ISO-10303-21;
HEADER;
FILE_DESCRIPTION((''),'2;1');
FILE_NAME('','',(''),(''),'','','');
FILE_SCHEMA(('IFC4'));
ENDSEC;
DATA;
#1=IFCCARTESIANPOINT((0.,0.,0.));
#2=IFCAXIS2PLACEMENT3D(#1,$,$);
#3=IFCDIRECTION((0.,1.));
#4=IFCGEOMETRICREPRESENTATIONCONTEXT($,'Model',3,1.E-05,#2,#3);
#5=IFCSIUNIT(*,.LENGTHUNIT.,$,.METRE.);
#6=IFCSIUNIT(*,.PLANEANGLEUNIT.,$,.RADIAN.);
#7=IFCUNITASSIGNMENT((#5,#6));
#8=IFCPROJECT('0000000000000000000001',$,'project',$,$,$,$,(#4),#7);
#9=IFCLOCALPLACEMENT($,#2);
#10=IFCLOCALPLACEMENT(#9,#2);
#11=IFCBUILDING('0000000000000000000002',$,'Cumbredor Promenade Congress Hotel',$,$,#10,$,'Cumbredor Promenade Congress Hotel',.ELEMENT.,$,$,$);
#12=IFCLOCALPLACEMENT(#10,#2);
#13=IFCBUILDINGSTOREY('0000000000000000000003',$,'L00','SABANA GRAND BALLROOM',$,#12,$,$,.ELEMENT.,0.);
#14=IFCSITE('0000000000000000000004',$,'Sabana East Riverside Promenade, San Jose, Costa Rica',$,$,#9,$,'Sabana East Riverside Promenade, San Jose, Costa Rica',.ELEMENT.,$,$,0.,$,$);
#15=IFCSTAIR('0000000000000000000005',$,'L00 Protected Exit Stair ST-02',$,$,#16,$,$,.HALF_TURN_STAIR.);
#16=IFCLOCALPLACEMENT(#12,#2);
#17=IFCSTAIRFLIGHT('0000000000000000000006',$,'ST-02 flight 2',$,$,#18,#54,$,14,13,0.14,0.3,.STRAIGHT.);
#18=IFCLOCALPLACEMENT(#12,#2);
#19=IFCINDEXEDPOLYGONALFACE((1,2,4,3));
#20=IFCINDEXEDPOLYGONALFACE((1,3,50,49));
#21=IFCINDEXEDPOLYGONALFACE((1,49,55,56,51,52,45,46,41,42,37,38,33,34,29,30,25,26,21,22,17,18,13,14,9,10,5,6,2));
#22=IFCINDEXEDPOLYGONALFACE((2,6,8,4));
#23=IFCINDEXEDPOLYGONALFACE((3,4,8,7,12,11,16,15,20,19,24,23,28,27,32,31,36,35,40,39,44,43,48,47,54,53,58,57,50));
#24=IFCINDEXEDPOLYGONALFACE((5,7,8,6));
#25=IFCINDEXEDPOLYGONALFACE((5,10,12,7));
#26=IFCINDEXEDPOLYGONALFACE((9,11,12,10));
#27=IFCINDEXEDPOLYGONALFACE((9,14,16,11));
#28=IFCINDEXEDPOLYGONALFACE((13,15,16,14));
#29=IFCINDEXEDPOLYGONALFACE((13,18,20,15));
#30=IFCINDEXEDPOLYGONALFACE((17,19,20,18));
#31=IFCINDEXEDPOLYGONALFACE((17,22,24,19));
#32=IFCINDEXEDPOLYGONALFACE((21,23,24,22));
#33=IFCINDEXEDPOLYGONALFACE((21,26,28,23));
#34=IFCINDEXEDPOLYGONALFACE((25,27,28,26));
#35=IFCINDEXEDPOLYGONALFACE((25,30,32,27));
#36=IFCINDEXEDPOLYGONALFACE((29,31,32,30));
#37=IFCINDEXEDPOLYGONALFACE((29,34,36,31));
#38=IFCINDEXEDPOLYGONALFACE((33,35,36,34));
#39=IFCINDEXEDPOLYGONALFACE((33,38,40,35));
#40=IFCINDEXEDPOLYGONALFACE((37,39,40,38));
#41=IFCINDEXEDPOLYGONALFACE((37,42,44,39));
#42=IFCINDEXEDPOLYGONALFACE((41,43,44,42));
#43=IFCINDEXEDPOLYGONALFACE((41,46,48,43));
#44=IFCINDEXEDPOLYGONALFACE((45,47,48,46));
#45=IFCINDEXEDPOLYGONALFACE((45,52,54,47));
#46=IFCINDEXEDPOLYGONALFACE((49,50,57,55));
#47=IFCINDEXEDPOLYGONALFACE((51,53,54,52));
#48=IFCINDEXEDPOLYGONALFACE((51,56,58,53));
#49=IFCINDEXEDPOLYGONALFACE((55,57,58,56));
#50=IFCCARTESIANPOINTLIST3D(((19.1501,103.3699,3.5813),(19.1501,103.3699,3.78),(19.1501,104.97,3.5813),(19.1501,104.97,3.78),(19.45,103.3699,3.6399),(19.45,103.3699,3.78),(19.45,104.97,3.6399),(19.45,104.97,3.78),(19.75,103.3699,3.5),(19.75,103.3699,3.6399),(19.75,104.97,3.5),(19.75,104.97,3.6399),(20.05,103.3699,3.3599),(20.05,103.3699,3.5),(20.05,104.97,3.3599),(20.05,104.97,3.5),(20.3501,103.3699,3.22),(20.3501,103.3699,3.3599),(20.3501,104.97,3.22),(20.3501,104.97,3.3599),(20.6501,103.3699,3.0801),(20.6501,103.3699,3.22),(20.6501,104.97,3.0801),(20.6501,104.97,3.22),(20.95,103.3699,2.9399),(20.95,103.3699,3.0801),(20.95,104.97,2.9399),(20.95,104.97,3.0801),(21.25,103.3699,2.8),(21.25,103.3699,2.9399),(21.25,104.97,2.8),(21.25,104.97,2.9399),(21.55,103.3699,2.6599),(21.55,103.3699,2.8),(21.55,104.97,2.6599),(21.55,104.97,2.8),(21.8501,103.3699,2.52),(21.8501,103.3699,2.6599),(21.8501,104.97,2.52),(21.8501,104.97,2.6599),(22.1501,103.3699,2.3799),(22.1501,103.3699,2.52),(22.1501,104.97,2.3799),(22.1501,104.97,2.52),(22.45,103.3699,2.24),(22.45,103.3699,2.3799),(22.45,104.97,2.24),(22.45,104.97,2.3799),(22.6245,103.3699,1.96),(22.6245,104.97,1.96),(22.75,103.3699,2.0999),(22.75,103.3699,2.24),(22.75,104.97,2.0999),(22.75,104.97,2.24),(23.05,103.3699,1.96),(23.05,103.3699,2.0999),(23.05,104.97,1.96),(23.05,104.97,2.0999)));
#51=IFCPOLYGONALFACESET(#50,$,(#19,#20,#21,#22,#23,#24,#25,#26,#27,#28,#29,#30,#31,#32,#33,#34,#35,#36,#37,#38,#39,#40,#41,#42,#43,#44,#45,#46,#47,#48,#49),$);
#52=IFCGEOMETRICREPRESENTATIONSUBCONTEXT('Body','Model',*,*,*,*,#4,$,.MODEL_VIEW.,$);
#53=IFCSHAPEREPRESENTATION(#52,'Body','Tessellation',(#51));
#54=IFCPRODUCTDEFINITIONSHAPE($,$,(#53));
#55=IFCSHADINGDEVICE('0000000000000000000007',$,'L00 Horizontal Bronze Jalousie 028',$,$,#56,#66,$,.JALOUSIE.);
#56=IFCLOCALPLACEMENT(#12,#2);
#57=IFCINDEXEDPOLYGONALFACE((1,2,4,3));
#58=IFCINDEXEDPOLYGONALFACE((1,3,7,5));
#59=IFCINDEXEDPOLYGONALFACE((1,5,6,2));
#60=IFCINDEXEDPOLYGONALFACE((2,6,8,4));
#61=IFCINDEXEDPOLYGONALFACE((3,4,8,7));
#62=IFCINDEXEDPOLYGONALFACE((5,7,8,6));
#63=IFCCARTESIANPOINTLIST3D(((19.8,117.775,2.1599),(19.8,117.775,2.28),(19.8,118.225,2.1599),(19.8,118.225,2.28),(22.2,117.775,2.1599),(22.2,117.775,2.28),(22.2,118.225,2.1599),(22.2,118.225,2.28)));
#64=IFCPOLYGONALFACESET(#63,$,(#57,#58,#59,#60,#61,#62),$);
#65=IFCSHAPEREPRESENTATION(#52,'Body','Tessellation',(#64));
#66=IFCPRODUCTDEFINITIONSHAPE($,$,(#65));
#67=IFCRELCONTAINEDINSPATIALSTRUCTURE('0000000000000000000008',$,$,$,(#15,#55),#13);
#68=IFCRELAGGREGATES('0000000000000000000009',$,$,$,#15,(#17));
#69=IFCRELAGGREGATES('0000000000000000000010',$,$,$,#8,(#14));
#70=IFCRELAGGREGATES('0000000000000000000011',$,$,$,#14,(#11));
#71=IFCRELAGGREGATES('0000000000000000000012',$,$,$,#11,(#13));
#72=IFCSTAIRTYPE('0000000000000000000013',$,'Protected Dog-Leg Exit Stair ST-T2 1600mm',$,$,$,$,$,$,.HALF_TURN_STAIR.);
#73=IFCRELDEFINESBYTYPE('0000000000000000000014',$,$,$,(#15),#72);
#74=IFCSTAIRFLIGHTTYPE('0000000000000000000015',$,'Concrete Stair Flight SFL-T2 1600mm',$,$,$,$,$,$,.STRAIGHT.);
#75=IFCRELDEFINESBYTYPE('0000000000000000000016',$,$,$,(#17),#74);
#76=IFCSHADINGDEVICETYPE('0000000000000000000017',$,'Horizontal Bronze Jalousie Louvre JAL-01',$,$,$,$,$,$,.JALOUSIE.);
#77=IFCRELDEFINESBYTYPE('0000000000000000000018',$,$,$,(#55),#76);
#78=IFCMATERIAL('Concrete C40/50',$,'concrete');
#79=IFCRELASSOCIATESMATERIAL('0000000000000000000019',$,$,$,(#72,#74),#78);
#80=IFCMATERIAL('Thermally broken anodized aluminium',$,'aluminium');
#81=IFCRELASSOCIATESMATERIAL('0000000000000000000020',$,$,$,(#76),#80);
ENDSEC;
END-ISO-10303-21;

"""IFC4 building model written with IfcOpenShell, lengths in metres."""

from ifc_helpers import new_model, si_unit, direction, frame, origin, origin_2d, place, context, subcontext, project, spatial, polyline, rectangle, outline, extrude, material, type_object, element, aggregate, save


model = new_model("IFC4")

# Units and contexts
model_context = context("Model", 3, precision=1e-05, world=origin(), true_north=direction((0.0, 1.0)))
body_context = subcontext(model_context, "Body", "Model", "MODEL_VIEW")
ifc_project = project(units=[si_unit("LENGTHUNIT", "METRE"), si_unit("PLANEANGLEUNIT", "RADIAN")], contexts=[model_context])

# Site, building, storey
site_placement = place(None, origin())
site = spatial("IfcSite", under=ifc_project, at=site_placement, Name="Sabana East Riverside Promenade, San Jose, Costa Rica", LongName="Sabana East Riverside Promenade, San Jose, Costa Rica", CompositionType="ELEMENT", RefElevation=0.0)
building_placement = place(site_placement, origin())
building = spatial("IfcBuilding", under=site, at=building_placement, Name="Cumbredor Promenade Congress Hotel", LongName="Cumbredor Promenade Congress Hotel", CompositionType="ELEMENT")
storey_placement = place(building_placement, origin())
storey = spatial("IfcBuildingStorey", under=building, at=storey_placement, Name="L00", Description="SABANA GRAND BALLROOM", CompositionType="ELEMENT", Elevation=0.0)

# Shared definitions
ifc_material_1 = material(Name="Concrete C40/50", Category="concrete")

# Shared definitions
ifc_material_2 = material(Name="Thermally broken anodized aluminium", Category="aluminium")

# Stair, stair flight
stair_type = type_object("IfcStairType", Name="Protected Dog-Leg Exit Stair ST-T2 1600mm", PredefinedType="HALF_TURN_STAIR", material=ifc_material_1)
stair_placement = place(storey_placement, origin())
stair = element("IfcStair", 1, at=stair_placement, inside=storey, type_object=stair_type, Name="L00 Protected Exit Stair ST-02", PredefinedType="HALF_TURN_STAIR")
stair_flight_type = type_object("IfcStairFlightType", Name="Concrete Stair Flight SFL-T2 1600mm", PredefinedType="STRAIGHT", material=ifc_material_1)
stair_flight_placement = place(storey_placement, frame((23.05, 104.1699, 1.96), z_axis=(0.0, 0.0, 1.0), x_axis=(-1.0, 0.0, 0.0)))
stair_flight = element("IfcStairFlight", 2, at=stair_flight_placement, type_object=stair_flight_type, Name="ST-02 flight 2", NumberOfRisers=14, NumberOfTreads=13, PredefinedType="STRAIGHT", RiserHeight=0.14, TreadLength=0.3, context=body_context, shape_type="SweptSolid", body=[
    extrude(outline(polyline([(0.0, 0.0), (0.0, 0.1399), (0.3, 0.1399), (0.3, 0.28), (0.6001, 0.28), (0.6001, 0.4199), (0.8999, 0.4199), (0.8999, 0.5601), (1.2, 0.5601), (1.2, 0.7), (1.5, 0.7), (1.5, 0.8401), (1.8, 0.8401), (1.8, 0.98), (2.1001, 0.98), (2.1001, 1.1201), (2.3999, 1.1201), (2.3999, 1.26), (2.7, 1.26), (2.7, 1.3999), (3.0, 1.3999), (3.0, 1.54), (3.3, 1.54), (3.3, 1.6799), (3.6001, 1.6799), (3.6001, 1.8201), (3.8999, 1.8201), (3.8999, 1.96), (3.8999, 1.6213), (0.4255, 0.0), (0.0, 0.0)])), frame((0.0, 0.8, 0.0), z_axis=(0.0, -1.0, 0.0), x_axis=(1.0, 0.0, 0.0)), (0.0, 0.0, 1.0), 1.6001),
])
aggregate(stair, [stair_flight])

# Shading device
shading_device_type = type_object("IfcShadingDeviceType", Name="Horizontal Bronze Jalousie Louvre JAL-01", PredefinedType="JALOUSIE", material=ifc_material_2)
shading_device_placement = place(storey_placement, frame((21.0, 118.0, 2.1599), z_axis=(0.0, 0.0, 1.0), x_axis=(1.0, 0.0, 0.0)))
element("IfcShadingDevice", 3, at=shading_device_placement, inside=storey, type_object=shading_device_type, Name="L00 Horizontal Bronze Jalousie 028", PredefinedType="JALOUSIE", context=body_context, shape_type="SweptSolid", body=[
    extrude(rectangle(XDim=2.3999, YDim=0.45, at=origin_2d()), origin(), (0.0, 0.0, 1.0), 0.1201),
])

save(model, "model.ifc")
